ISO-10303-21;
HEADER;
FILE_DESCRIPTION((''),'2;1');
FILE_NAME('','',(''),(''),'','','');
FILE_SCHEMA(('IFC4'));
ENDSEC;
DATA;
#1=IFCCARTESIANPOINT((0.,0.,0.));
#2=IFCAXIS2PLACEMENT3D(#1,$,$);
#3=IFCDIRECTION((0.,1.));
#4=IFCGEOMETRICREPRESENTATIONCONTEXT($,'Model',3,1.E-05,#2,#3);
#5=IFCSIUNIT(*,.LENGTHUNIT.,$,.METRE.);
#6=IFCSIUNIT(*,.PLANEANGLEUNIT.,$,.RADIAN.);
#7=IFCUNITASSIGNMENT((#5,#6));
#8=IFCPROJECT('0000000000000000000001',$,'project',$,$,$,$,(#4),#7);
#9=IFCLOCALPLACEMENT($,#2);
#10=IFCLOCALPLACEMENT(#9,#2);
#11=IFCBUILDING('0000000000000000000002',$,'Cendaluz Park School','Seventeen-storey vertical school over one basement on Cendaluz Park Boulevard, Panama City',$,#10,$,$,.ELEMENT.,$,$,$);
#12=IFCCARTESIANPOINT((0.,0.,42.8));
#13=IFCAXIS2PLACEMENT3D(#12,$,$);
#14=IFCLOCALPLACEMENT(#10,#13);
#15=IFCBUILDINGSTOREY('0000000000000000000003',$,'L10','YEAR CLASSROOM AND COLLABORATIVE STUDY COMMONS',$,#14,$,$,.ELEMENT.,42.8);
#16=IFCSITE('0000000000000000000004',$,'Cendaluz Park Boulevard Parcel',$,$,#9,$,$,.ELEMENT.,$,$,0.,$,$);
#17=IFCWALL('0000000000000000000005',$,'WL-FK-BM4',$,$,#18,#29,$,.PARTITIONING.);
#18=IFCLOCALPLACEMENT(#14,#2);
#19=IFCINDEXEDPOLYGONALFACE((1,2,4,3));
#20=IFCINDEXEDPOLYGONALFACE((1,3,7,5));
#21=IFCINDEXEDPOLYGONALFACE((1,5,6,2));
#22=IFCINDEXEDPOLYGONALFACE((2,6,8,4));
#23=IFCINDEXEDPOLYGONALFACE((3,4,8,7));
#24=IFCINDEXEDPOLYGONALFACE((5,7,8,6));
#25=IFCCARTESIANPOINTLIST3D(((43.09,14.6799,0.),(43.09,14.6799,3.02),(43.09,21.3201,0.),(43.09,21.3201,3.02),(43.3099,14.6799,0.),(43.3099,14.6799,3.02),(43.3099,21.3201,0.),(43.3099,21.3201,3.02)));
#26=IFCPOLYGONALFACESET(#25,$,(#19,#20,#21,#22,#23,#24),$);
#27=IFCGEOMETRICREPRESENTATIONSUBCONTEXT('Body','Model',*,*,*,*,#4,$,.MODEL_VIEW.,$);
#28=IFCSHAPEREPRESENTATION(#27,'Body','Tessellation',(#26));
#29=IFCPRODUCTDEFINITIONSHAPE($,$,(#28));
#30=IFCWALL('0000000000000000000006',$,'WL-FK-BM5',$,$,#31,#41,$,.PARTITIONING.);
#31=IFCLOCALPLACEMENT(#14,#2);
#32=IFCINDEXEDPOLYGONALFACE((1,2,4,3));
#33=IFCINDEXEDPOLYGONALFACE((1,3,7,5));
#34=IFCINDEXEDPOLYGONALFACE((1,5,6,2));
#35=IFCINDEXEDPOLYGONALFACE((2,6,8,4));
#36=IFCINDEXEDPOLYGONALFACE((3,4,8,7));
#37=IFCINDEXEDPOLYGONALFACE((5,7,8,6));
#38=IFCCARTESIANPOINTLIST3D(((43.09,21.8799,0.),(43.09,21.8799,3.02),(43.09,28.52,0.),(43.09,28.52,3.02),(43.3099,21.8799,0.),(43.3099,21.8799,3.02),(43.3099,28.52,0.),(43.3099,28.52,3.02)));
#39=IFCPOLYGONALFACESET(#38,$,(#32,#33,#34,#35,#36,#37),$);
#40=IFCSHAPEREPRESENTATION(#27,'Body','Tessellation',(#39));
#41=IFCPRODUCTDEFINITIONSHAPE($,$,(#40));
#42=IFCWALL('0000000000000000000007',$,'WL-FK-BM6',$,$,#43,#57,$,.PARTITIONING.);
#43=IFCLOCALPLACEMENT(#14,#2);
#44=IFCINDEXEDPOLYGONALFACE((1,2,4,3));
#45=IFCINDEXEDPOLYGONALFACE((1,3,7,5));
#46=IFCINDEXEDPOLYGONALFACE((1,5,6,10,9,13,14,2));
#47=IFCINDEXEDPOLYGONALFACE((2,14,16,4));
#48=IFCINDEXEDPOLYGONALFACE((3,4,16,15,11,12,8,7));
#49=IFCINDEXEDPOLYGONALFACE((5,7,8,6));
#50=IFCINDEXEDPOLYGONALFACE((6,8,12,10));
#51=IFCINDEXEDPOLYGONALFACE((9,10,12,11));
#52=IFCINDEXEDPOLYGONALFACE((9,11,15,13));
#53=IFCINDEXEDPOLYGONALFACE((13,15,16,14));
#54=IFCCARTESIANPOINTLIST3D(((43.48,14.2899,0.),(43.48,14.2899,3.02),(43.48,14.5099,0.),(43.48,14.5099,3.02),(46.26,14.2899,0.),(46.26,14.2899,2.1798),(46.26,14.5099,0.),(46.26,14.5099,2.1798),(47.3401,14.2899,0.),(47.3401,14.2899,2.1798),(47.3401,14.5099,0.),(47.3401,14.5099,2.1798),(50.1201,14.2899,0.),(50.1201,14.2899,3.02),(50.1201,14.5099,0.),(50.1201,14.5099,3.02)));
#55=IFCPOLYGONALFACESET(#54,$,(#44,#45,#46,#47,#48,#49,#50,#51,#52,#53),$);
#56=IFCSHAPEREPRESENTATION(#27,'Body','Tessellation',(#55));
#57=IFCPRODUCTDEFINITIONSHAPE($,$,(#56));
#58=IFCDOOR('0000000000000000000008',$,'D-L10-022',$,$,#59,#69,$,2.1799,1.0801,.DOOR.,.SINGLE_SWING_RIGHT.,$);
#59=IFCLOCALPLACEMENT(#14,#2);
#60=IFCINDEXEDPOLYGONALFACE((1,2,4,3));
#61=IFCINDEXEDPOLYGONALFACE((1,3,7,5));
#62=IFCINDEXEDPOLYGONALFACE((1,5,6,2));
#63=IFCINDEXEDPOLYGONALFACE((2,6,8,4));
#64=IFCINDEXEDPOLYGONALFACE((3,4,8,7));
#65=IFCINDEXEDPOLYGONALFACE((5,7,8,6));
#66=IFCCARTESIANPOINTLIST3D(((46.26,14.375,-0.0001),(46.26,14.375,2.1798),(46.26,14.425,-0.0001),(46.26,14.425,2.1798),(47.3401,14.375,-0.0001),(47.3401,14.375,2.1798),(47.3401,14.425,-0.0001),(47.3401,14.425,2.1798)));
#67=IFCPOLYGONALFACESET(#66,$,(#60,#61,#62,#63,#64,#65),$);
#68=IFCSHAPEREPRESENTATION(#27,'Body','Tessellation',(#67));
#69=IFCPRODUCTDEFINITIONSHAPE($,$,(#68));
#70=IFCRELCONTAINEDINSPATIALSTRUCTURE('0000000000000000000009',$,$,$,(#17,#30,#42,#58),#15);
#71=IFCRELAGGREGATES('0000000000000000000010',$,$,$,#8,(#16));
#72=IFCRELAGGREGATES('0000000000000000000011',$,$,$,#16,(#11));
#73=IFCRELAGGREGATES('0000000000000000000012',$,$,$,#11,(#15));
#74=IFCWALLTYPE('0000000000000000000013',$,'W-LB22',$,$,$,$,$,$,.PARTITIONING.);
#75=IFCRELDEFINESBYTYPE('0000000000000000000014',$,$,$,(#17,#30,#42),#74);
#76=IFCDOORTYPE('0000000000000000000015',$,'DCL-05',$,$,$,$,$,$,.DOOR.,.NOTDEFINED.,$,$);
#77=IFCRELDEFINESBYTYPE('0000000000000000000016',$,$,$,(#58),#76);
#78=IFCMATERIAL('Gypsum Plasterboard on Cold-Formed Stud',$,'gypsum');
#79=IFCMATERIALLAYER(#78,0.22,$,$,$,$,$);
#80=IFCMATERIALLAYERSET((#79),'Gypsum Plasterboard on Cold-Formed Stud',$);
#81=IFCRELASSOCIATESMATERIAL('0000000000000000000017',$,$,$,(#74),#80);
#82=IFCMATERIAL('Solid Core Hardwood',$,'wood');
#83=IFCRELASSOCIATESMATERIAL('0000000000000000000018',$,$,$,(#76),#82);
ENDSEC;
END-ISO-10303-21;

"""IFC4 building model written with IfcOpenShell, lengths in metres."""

from ifc_helpers import new_model, si_unit, direction, frame, frame_2d, origin, place, context, subcontext, project, spatial, rectangle, extrude, material, layer, layer_set, type_object, element, fill, save


model = new_model("IFC4")

# Units and contexts
model_context = context("Model", 3, precision=1e-05, world=origin(), true_north=direction((0.0, 1.0)))
body_context = subcontext(model_context, "Body", "Model", "MODEL_VIEW")
ifc_project = project(units=[si_unit("LENGTHUNIT", "METRE"), si_unit("PLANEANGLEUNIT", "RADIAN")], contexts=[model_context])

# Site, building, storey
site_placement = place(None, origin())
site = spatial("IfcSite", under=ifc_project, at=site_placement, Name="Cendaluz Park Boulevard Parcel", CompositionType="ELEMENT", RefElevation=0.0)
building_placement = place(site_placement, origin())
building = spatial("IfcBuilding", under=site, at=building_placement, Name="Cendaluz Park School", Description="Seventeen-storey vertical school over one basement on Cendaluz Park Boulevard, Panama City", CompositionType="ELEMENT")
storey_placement = place(building_placement, frame((0.0, 0.0, 42.8)))
storey = spatial("IfcBuildingStorey", under=building, at=storey_placement, Name="L10", Description="YEAR CLASSROOM AND COLLABORATIVE STUDY COMMONS", CompositionType="ELEMENT", Elevation=42.8)

# Shared definitions
ifc_material_1 = material(Name="Gypsum Plasterboard on Cold-Formed Stud", Category="gypsum")
ifc_layer_1 = layer(ifc_material_1, 0.22)
ifc_layer_set_1 = layer_set([ifc_layer_1], Name="Gypsum Plasterboard on Cold-Formed Stud")
wall_type_1 = type_object("IfcWallType", Name="W-LB22", PredefinedType="PARTITIONING", material=ifc_layer_set_1)
ifc_material_2 = material(Name="Solid Core Hardwood", Category="wood")

# Walls
for number, where, z_axis, x_axis, name in (
    (1, (43.2, 14.6799, 0.0), (0.0, 0.0, 1.0), (0.0, 1.0, 0.0), "WL-FK-BM4"),
    (2, (43.2, 21.8799, 0.0), (0.0, 0.0, 1.0), (0.0, 1.0, 0.0), "WL-FK-BM5"),
):
    element("IfcWall", number, at=place(storey_placement, frame(where, z_axis=z_axis, x_axis=x_axis)), inside=storey, type_object=wall_type_1, Name=name, PredefinedType="PARTITIONING", context=body_context, shape_type="SweptSolid", body=[
        extrude(rectangle(XDim=6.6401, YDim=0.22, at=frame_2d((3.3201, 0.0))), origin(), (0.0, 0.0, 1.0), 3.02),
    ])

# Wall, opening, door
wall_1_placement = place(storey_placement, frame((43.48, 14.3999, 0.0), z_axis=(0.0, 0.0, 1.0), x_axis=(1.0, 0.0, 0.0)))
wall_1 = element("IfcWall", 3, at=wall_1_placement, inside=storey, type_object=wall_type_1, Name="WL-FK-BM6", PredefinedType="PARTITIONING", context=body_context, shape_type="SweptSolid", body=[
    extrude(rectangle(XDim=6.6401, YDim=0.22, at=frame_2d((3.3201, 0.0))), origin(), (0.0, 0.0, 1.0), 3.02),
])
opening_1_placement = place(wall_1_placement, frame((2.78, 0.0, 0.0)))
opening_1 = element("IfcOpeningElement", 4, at=opening_1_placement, cuts=wall_1, PredefinedType="OPENING", context=body_context, shape_type="SweptSolid", body=[
    extrude(rectangle(XDim=1.0801, YDim=2.1799, at=frame_2d((0.54, 1.0898))), frame((0.0, 0.1221, 0.0), z_axis=(0.0, -1.0, 0.0), x_axis=(1.0, 0.0, 0.0)), (0.0, 0.0, 1.0), 0.2439),
])
door_type_1 = type_object("IfcDoorType", Name="DCL-05", OperationType="NOTDEFINED", PredefinedType="DOOR", material=ifc_material_2)
door_1_placement = place(opening_1_placement, frame((1.0801, 0.0, 0.0), z_axis=(0.0, 0.0, 1.0), x_axis=(-1.0, 0.0, 0.0)))
door_1 = element("IfcDoor", 5, at=door_1_placement, inside=storey, type_object=door_type_1, Name="D-L10-022", OperationType="SINGLE_SWING_RIGHT", OverallHeight=2.1799, OverallWidth=1.0801, PredefinedType="DOOR", context=body_context, shape_type="SweptSolid", body=[
    extrude(rectangle(XDim=1.0801, YDim=2.1799, at=frame_2d((0.54, 1.0898))), frame((0.0, 0.0249, 0.0), z_axis=(0.0, -1.0, 0.0), x_axis=(1.0, 0.0, 0.0)), (0.0, 0.0, 1.0), 0.05),
])
fill(opening_1, door_1)

save(model, "model.ifc")
